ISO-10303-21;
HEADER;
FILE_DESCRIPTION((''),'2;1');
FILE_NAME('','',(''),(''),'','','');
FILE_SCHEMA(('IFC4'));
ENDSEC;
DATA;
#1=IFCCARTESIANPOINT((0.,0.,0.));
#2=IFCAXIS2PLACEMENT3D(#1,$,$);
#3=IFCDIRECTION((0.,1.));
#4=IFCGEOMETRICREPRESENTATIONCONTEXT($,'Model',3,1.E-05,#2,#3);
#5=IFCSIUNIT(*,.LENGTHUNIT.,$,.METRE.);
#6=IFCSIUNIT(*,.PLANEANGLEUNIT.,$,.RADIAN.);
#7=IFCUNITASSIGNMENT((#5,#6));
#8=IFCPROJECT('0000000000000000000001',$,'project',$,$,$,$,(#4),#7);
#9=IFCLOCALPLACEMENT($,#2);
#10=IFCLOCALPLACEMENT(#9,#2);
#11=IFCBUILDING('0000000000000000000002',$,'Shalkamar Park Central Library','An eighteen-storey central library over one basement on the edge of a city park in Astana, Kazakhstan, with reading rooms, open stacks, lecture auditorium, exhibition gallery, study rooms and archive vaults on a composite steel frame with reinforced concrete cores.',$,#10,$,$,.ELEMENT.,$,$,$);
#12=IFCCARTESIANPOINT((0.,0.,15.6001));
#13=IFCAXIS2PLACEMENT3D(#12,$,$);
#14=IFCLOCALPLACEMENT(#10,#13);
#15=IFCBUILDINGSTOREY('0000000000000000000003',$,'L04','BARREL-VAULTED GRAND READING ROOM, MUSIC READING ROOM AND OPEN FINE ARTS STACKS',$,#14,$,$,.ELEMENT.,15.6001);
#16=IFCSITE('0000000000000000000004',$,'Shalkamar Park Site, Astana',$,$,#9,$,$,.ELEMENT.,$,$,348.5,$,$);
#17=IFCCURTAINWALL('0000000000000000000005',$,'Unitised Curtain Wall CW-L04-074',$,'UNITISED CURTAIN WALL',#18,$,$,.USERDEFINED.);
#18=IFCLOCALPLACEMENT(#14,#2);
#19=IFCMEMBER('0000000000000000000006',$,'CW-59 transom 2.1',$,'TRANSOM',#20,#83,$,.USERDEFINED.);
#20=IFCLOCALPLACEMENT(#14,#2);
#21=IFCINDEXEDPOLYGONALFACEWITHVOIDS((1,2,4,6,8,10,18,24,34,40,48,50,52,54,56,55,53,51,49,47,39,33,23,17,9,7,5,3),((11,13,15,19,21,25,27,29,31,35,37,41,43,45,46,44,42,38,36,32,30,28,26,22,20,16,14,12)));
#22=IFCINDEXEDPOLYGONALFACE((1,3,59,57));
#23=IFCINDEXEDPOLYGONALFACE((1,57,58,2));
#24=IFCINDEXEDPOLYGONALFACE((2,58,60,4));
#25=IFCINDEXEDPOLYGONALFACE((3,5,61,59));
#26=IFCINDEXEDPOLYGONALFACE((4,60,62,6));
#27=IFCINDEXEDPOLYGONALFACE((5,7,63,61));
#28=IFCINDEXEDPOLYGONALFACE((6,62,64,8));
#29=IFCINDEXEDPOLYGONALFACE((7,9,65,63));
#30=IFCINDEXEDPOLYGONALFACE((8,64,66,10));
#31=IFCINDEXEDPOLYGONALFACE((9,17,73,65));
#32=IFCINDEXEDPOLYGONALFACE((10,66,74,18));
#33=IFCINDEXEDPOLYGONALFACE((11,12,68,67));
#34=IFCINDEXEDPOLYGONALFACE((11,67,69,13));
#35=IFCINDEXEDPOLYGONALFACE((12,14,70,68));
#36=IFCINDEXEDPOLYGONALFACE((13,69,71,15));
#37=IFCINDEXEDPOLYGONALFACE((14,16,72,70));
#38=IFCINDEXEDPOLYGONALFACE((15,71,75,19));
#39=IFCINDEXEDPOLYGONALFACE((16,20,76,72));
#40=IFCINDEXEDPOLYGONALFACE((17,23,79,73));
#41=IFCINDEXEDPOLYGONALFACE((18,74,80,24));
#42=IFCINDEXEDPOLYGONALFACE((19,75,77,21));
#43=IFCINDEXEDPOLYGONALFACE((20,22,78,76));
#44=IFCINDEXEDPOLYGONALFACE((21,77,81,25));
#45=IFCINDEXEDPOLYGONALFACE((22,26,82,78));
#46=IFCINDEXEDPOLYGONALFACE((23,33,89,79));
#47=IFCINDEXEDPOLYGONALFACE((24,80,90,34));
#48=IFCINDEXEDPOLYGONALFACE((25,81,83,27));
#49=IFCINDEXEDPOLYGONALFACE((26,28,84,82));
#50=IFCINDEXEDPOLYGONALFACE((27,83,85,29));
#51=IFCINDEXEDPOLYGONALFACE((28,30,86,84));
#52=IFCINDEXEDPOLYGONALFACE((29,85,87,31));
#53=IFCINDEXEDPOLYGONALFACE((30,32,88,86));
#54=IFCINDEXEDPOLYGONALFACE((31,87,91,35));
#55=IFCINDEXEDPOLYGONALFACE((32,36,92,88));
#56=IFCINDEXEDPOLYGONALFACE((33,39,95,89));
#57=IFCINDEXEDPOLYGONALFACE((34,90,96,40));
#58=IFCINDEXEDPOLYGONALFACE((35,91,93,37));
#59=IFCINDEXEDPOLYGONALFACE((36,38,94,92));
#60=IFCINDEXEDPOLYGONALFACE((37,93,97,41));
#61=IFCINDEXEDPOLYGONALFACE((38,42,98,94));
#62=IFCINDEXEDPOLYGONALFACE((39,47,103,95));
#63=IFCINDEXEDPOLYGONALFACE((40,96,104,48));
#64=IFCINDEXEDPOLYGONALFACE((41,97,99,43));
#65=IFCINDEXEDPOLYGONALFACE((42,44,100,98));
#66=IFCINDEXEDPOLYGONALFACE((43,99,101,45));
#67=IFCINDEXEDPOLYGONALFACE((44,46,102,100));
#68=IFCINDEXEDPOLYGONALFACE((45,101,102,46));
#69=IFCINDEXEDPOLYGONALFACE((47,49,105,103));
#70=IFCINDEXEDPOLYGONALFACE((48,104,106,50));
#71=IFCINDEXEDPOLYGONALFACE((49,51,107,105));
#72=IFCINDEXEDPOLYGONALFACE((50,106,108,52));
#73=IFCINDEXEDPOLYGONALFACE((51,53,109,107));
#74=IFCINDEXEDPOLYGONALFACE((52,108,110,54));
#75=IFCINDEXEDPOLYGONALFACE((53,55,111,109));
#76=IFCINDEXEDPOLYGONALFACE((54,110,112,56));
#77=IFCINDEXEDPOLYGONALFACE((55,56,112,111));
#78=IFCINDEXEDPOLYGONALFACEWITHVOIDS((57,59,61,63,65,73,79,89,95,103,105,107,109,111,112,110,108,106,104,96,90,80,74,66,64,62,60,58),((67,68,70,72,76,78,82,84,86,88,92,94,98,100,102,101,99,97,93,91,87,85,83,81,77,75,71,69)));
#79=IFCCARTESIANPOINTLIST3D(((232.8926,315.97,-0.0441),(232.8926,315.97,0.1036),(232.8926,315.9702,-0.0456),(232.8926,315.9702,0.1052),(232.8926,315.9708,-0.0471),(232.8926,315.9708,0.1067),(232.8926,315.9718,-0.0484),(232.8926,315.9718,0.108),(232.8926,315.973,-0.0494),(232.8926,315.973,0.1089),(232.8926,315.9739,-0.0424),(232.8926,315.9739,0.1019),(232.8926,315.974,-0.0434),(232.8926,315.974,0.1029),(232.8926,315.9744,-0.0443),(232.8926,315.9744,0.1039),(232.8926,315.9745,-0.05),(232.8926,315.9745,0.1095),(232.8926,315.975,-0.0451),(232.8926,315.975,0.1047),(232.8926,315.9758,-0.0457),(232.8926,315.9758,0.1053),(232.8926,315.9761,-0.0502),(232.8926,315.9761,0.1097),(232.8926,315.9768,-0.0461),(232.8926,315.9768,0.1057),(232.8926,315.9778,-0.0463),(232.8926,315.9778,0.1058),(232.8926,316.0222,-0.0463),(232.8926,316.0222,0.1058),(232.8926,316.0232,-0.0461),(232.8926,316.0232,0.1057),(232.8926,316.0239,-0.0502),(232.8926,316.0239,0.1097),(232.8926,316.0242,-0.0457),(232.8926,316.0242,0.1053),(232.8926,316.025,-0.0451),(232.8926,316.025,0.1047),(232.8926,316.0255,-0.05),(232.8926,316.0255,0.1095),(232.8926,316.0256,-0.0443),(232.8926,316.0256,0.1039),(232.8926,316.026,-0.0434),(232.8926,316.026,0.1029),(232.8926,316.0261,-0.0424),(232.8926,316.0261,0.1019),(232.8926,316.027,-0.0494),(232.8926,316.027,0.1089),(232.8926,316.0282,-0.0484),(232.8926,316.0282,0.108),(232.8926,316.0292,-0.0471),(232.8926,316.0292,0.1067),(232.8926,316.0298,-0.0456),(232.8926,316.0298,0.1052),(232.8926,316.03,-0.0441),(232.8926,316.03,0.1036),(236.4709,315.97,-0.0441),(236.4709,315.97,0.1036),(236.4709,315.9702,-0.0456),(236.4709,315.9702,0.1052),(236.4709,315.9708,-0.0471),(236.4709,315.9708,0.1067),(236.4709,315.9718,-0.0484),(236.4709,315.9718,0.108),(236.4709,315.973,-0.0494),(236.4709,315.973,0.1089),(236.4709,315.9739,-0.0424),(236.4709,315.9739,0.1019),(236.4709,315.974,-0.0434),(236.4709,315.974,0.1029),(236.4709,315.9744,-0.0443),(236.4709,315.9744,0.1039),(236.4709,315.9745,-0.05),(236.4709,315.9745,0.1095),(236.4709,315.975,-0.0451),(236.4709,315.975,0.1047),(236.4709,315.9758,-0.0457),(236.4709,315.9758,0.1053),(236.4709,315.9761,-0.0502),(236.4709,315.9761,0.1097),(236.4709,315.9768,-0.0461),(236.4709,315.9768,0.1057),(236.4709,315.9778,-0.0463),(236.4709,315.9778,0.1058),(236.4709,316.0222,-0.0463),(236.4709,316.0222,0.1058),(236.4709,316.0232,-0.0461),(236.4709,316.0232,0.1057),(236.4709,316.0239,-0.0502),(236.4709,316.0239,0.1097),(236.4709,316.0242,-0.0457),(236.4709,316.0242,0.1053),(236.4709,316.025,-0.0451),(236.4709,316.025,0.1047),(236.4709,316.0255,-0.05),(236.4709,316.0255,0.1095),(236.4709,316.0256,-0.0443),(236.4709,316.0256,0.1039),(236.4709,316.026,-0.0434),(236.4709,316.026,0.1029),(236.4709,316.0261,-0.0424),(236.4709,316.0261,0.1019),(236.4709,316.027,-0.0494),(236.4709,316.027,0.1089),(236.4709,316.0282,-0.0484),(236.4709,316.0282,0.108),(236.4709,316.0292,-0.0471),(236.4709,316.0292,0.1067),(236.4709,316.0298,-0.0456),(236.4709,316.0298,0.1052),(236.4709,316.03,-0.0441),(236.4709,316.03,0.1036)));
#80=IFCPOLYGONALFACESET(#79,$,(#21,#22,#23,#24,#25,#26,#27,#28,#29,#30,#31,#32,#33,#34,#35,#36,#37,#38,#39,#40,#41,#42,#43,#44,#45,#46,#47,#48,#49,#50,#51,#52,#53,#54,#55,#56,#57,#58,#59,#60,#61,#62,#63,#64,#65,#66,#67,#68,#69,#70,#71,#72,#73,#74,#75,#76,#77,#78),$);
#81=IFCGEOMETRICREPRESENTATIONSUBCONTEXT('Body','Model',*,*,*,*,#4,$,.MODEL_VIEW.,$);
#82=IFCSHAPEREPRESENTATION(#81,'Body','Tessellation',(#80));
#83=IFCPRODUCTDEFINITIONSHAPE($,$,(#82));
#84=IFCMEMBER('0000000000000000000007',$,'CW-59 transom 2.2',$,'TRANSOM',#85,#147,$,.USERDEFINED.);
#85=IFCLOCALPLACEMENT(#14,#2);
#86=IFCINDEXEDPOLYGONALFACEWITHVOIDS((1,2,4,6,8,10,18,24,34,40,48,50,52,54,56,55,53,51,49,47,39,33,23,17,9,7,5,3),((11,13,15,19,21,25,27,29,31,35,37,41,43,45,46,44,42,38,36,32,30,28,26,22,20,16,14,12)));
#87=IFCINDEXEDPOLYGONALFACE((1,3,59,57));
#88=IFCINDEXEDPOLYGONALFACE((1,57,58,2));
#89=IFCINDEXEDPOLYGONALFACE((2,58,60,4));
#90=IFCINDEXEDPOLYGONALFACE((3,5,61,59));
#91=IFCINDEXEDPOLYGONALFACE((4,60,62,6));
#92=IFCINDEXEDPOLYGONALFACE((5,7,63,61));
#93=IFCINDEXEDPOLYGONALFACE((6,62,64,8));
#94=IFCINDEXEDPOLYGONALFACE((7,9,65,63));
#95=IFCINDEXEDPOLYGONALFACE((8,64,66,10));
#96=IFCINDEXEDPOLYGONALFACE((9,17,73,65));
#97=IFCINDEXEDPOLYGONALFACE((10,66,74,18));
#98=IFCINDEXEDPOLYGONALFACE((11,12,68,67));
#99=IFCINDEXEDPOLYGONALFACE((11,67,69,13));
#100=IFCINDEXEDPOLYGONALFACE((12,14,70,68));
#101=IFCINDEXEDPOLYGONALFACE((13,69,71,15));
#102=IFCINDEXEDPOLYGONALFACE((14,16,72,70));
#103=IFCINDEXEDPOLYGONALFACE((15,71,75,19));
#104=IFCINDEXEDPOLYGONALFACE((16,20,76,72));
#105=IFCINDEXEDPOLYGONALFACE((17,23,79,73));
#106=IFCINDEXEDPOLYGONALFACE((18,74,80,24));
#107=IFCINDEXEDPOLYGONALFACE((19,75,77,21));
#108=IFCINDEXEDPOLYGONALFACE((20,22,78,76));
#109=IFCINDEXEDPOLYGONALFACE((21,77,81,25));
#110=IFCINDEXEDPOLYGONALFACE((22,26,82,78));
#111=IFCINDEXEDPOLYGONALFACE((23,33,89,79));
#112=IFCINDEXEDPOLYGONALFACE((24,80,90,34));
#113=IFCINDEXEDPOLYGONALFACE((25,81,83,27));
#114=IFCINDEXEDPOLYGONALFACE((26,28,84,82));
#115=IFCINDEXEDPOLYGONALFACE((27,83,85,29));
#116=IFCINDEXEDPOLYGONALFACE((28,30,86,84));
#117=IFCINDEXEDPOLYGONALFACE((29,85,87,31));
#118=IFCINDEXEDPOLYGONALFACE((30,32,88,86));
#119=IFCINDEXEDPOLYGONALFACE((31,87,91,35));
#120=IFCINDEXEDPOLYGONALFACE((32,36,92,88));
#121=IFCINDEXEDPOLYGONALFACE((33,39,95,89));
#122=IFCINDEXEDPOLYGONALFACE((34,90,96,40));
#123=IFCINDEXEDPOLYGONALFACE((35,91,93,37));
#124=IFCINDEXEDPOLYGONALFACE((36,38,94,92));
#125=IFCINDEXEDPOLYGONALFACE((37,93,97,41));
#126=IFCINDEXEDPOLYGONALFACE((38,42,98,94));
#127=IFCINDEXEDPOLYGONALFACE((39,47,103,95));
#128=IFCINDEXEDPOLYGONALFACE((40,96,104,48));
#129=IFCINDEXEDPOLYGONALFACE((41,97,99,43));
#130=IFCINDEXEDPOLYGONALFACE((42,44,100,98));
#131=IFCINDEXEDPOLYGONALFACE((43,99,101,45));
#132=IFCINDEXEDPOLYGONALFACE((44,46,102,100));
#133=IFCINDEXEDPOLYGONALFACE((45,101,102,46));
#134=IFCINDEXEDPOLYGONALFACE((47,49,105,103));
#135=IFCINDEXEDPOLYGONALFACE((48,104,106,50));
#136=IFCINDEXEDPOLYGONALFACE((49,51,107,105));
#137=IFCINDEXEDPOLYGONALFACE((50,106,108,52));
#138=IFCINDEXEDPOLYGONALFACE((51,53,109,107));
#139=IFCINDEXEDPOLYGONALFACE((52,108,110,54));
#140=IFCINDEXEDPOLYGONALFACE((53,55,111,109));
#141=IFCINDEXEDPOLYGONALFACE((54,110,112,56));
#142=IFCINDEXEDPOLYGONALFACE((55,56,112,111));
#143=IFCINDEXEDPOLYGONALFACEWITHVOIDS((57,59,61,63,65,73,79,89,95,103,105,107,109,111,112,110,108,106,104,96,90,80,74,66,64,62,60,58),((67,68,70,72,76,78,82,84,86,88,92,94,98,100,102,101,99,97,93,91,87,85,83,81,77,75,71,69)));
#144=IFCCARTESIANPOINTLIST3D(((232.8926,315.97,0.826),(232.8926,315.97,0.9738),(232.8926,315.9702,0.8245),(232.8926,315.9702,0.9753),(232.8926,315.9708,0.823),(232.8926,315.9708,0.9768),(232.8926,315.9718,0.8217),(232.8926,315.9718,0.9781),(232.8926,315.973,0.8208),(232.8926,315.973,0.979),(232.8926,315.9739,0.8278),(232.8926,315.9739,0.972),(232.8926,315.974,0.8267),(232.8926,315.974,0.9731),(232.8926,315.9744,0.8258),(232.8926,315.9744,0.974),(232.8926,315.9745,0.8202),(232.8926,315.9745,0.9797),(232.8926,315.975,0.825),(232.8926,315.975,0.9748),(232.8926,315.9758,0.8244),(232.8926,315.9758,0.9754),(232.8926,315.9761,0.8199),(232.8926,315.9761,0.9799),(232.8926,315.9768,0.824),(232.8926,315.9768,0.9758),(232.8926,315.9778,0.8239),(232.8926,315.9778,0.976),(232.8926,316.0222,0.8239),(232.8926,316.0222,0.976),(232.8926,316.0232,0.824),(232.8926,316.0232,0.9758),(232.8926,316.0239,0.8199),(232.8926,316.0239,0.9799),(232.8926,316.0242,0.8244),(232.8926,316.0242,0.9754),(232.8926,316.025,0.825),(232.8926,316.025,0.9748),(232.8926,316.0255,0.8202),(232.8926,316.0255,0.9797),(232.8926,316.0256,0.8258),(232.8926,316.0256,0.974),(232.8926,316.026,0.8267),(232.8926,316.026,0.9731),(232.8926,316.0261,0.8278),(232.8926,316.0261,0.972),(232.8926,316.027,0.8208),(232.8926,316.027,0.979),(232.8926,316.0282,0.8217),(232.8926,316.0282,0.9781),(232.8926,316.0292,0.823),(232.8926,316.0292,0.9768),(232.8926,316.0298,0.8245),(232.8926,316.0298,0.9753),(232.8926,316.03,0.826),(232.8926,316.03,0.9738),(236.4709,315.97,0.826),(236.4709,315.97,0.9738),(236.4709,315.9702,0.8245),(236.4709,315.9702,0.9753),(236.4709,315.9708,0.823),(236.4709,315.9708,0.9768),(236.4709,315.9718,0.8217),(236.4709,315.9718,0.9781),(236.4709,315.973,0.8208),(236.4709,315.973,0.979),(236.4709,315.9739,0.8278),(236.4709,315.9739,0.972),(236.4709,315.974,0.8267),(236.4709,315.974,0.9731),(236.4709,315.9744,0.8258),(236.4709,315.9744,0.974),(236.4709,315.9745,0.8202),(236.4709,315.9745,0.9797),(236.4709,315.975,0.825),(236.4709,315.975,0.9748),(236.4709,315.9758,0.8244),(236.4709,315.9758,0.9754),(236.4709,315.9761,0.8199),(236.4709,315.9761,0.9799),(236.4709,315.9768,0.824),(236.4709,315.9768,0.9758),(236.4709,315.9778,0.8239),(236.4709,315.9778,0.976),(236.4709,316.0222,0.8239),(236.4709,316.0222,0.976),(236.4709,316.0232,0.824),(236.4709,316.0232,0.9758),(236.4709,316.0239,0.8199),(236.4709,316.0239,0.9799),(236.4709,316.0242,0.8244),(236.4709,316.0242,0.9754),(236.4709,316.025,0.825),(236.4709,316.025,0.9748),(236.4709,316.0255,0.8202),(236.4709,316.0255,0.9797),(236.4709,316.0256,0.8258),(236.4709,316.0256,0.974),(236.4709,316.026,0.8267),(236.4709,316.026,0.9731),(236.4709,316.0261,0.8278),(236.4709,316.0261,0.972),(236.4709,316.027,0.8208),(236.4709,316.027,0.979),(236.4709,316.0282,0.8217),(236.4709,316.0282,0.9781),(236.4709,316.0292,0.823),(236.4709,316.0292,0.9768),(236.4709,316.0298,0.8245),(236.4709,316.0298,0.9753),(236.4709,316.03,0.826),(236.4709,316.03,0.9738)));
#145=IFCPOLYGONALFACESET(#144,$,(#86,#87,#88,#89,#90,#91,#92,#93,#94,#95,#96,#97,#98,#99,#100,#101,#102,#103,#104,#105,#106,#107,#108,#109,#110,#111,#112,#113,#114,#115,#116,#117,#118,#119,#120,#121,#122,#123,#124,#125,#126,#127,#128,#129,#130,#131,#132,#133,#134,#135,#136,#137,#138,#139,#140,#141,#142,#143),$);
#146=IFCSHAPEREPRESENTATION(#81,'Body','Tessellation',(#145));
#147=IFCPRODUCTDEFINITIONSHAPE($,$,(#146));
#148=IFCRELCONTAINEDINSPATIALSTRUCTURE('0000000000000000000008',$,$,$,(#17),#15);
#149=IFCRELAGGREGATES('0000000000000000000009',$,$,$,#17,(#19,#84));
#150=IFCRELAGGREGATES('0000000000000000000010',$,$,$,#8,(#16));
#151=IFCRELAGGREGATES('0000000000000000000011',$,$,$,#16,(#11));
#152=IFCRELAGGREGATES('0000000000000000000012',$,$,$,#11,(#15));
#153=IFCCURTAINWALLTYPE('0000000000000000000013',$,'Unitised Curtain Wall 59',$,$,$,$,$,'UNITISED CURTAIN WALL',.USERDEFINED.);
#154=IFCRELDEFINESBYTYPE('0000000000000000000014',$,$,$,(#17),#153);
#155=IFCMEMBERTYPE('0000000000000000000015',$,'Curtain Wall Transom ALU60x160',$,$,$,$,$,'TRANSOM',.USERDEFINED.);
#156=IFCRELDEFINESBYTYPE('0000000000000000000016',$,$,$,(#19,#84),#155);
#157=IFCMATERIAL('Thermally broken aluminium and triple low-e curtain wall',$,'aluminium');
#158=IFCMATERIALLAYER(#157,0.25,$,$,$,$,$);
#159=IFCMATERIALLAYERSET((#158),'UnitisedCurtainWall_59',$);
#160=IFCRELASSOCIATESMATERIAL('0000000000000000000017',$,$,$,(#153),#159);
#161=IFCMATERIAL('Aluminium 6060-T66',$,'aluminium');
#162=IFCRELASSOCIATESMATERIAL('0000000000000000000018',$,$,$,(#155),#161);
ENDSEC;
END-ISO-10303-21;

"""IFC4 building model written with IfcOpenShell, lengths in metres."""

from ifc_helpers import new_model, si_unit, direction, frame, origin, origin_2d, place, context, subcontext, project, spatial, hollow_rectangle, extrude, material, layer, layer_set, material_profile, profile_set, type_object, element, aggregate, save


model = new_model("IFC4")

# Units and contexts
model_context = context("Model", 3, precision=1e-05, world=origin(), true_north=direction((0.0, 1.0)))
body_context = subcontext(model_context, "Body", "Model", "MODEL_VIEW")
ifc_project = project(units=[si_unit("LENGTHUNIT", "METRE"), si_unit("PLANEANGLEUNIT", "RADIAN")], contexts=[model_context])

# Site, building, storey
site_placement = place(None, origin())
site = spatial("IfcSite", under=ifc_project, at=site_placement, Name="Shalkamar Park Site, Astana", CompositionType="ELEMENT", RefElevation=348.5)
building_placement = place(site_placement, origin())
building = spatial("IfcBuilding", under=site, at=building_placement, Name="Shalkamar Park Central Library", Description="An eighteen-storey central library over one basement on the edge of a city park in Astana, Kazakhstan, with reading rooms, open stacks, lecture auditorium, exhibition gallery, study rooms and archive vaults on a composite steel frame with reinforced concrete cores.", CompositionType="ELEMENT")
storey_placement = place(building_placement, frame((0.0, 0.0, 15.6001)))
storey = spatial("IfcBuildingStorey", under=building, at=storey_placement, Name="L04", Description="BARREL-VAULTED GRAND READING ROOM, MUSIC READING ROOM AND OPEN FINE ARTS STACKS", CompositionType="ELEMENT", Elevation=15.6001)

# Curtain wall
ifc_material_1 = material(Name="Thermally broken aluminium and triple low-e curtain wall", Category="aluminium")
ifc_layer_1 = layer(ifc_material_1, 0.25)
ifc_layer_set_1 = layer_set([ifc_layer_1], Name="UnitisedCurtainWall_59")
curtain_wall_type_1 = type_object("IfcCurtainWallType", Name="Unitised Curtain Wall 59", ElementType="UNITISED CURTAIN WALL", PredefinedType="USERDEFINED", material=ifc_layer_set_1)
curtain_wall_1_placement = place(storey_placement, origin())
curtain_wall_1 = element("IfcCurtainWall", 1, at=curtain_wall_1_placement, inside=storey, type_object=curtain_wall_type_1, Name="Unitised Curtain Wall CW-L04-074", ObjectType="UNITISED CURTAIN WALL", PredefinedType="USERDEFINED")
ifc_material_2 = material(Name="Aluminium 6060-T66", Category="aluminium")

# Members
ifc_material_profile_1 = material_profile(ifc_material_2, hollow_rectangle(XDim=0.0601, YDim=0.1599, WallThickness=0.0039, InnerFilletRadius=0.0039, OuterFilletRadius=0.0061, at=origin_2d()), Name="ALU 60x160x4")
ifc_profile_set_1 = profile_set([ifc_material_profile_1], Name="Aluminium 6060-T66")
member_type_1 = type_object("IfcMemberType", Name="Curtain Wall Transom ALU60x160", ElementType="TRANSOM", PredefinedType="USERDEFINED", material=ifc_profile_set_1)
member_1_placement = place(storey_placement, frame((232.8926, 316.0, 0.0298), z_axis=(1.0, 0.0, 0.0), x_axis=(0.0, 1.0, 0.0)))
member_1 = element("IfcMember", 2, at=member_1_placement, type_object=member_type_1, Name="CW-59 transom 2.1", ObjectType="TRANSOM", PredefinedType="USERDEFINED", context=body_context, shape_type="SweptSolid", body=[
    extrude(hollow_rectangle(XDim=0.0601, YDim=0.1599, WallThickness=0.0039, InnerFilletRadius=0.0039, OuterFilletRadius=0.0061, at=origin_2d()), origin(), (0.0, 0.0, 1.0), 3.5784),
])
member_2_placement = place(storey_placement, frame((232.8926, 316.0, 0.8999), z_axis=(1.0, 0.0, 0.0), x_axis=(0.0, 1.0, 0.0)))
member_2 = element("IfcMember", 3, at=member_2_placement, type_object=member_type_1, Name="CW-59 transom 2.2", ObjectType="TRANSOM", PredefinedType="USERDEFINED", context=body_context, shape_type="SweptSolid", body=[
    extrude(hollow_rectangle(XDim=0.0601, YDim=0.1599, WallThickness=0.0039, InnerFilletRadius=0.0039, OuterFilletRadius=0.0061, at=origin_2d()), origin(), (0.0, 0.0, 1.0), 3.5784),
])

aggregate(curtain_wall_1, [member_1, member_2])

save(model, "model.ifc")
